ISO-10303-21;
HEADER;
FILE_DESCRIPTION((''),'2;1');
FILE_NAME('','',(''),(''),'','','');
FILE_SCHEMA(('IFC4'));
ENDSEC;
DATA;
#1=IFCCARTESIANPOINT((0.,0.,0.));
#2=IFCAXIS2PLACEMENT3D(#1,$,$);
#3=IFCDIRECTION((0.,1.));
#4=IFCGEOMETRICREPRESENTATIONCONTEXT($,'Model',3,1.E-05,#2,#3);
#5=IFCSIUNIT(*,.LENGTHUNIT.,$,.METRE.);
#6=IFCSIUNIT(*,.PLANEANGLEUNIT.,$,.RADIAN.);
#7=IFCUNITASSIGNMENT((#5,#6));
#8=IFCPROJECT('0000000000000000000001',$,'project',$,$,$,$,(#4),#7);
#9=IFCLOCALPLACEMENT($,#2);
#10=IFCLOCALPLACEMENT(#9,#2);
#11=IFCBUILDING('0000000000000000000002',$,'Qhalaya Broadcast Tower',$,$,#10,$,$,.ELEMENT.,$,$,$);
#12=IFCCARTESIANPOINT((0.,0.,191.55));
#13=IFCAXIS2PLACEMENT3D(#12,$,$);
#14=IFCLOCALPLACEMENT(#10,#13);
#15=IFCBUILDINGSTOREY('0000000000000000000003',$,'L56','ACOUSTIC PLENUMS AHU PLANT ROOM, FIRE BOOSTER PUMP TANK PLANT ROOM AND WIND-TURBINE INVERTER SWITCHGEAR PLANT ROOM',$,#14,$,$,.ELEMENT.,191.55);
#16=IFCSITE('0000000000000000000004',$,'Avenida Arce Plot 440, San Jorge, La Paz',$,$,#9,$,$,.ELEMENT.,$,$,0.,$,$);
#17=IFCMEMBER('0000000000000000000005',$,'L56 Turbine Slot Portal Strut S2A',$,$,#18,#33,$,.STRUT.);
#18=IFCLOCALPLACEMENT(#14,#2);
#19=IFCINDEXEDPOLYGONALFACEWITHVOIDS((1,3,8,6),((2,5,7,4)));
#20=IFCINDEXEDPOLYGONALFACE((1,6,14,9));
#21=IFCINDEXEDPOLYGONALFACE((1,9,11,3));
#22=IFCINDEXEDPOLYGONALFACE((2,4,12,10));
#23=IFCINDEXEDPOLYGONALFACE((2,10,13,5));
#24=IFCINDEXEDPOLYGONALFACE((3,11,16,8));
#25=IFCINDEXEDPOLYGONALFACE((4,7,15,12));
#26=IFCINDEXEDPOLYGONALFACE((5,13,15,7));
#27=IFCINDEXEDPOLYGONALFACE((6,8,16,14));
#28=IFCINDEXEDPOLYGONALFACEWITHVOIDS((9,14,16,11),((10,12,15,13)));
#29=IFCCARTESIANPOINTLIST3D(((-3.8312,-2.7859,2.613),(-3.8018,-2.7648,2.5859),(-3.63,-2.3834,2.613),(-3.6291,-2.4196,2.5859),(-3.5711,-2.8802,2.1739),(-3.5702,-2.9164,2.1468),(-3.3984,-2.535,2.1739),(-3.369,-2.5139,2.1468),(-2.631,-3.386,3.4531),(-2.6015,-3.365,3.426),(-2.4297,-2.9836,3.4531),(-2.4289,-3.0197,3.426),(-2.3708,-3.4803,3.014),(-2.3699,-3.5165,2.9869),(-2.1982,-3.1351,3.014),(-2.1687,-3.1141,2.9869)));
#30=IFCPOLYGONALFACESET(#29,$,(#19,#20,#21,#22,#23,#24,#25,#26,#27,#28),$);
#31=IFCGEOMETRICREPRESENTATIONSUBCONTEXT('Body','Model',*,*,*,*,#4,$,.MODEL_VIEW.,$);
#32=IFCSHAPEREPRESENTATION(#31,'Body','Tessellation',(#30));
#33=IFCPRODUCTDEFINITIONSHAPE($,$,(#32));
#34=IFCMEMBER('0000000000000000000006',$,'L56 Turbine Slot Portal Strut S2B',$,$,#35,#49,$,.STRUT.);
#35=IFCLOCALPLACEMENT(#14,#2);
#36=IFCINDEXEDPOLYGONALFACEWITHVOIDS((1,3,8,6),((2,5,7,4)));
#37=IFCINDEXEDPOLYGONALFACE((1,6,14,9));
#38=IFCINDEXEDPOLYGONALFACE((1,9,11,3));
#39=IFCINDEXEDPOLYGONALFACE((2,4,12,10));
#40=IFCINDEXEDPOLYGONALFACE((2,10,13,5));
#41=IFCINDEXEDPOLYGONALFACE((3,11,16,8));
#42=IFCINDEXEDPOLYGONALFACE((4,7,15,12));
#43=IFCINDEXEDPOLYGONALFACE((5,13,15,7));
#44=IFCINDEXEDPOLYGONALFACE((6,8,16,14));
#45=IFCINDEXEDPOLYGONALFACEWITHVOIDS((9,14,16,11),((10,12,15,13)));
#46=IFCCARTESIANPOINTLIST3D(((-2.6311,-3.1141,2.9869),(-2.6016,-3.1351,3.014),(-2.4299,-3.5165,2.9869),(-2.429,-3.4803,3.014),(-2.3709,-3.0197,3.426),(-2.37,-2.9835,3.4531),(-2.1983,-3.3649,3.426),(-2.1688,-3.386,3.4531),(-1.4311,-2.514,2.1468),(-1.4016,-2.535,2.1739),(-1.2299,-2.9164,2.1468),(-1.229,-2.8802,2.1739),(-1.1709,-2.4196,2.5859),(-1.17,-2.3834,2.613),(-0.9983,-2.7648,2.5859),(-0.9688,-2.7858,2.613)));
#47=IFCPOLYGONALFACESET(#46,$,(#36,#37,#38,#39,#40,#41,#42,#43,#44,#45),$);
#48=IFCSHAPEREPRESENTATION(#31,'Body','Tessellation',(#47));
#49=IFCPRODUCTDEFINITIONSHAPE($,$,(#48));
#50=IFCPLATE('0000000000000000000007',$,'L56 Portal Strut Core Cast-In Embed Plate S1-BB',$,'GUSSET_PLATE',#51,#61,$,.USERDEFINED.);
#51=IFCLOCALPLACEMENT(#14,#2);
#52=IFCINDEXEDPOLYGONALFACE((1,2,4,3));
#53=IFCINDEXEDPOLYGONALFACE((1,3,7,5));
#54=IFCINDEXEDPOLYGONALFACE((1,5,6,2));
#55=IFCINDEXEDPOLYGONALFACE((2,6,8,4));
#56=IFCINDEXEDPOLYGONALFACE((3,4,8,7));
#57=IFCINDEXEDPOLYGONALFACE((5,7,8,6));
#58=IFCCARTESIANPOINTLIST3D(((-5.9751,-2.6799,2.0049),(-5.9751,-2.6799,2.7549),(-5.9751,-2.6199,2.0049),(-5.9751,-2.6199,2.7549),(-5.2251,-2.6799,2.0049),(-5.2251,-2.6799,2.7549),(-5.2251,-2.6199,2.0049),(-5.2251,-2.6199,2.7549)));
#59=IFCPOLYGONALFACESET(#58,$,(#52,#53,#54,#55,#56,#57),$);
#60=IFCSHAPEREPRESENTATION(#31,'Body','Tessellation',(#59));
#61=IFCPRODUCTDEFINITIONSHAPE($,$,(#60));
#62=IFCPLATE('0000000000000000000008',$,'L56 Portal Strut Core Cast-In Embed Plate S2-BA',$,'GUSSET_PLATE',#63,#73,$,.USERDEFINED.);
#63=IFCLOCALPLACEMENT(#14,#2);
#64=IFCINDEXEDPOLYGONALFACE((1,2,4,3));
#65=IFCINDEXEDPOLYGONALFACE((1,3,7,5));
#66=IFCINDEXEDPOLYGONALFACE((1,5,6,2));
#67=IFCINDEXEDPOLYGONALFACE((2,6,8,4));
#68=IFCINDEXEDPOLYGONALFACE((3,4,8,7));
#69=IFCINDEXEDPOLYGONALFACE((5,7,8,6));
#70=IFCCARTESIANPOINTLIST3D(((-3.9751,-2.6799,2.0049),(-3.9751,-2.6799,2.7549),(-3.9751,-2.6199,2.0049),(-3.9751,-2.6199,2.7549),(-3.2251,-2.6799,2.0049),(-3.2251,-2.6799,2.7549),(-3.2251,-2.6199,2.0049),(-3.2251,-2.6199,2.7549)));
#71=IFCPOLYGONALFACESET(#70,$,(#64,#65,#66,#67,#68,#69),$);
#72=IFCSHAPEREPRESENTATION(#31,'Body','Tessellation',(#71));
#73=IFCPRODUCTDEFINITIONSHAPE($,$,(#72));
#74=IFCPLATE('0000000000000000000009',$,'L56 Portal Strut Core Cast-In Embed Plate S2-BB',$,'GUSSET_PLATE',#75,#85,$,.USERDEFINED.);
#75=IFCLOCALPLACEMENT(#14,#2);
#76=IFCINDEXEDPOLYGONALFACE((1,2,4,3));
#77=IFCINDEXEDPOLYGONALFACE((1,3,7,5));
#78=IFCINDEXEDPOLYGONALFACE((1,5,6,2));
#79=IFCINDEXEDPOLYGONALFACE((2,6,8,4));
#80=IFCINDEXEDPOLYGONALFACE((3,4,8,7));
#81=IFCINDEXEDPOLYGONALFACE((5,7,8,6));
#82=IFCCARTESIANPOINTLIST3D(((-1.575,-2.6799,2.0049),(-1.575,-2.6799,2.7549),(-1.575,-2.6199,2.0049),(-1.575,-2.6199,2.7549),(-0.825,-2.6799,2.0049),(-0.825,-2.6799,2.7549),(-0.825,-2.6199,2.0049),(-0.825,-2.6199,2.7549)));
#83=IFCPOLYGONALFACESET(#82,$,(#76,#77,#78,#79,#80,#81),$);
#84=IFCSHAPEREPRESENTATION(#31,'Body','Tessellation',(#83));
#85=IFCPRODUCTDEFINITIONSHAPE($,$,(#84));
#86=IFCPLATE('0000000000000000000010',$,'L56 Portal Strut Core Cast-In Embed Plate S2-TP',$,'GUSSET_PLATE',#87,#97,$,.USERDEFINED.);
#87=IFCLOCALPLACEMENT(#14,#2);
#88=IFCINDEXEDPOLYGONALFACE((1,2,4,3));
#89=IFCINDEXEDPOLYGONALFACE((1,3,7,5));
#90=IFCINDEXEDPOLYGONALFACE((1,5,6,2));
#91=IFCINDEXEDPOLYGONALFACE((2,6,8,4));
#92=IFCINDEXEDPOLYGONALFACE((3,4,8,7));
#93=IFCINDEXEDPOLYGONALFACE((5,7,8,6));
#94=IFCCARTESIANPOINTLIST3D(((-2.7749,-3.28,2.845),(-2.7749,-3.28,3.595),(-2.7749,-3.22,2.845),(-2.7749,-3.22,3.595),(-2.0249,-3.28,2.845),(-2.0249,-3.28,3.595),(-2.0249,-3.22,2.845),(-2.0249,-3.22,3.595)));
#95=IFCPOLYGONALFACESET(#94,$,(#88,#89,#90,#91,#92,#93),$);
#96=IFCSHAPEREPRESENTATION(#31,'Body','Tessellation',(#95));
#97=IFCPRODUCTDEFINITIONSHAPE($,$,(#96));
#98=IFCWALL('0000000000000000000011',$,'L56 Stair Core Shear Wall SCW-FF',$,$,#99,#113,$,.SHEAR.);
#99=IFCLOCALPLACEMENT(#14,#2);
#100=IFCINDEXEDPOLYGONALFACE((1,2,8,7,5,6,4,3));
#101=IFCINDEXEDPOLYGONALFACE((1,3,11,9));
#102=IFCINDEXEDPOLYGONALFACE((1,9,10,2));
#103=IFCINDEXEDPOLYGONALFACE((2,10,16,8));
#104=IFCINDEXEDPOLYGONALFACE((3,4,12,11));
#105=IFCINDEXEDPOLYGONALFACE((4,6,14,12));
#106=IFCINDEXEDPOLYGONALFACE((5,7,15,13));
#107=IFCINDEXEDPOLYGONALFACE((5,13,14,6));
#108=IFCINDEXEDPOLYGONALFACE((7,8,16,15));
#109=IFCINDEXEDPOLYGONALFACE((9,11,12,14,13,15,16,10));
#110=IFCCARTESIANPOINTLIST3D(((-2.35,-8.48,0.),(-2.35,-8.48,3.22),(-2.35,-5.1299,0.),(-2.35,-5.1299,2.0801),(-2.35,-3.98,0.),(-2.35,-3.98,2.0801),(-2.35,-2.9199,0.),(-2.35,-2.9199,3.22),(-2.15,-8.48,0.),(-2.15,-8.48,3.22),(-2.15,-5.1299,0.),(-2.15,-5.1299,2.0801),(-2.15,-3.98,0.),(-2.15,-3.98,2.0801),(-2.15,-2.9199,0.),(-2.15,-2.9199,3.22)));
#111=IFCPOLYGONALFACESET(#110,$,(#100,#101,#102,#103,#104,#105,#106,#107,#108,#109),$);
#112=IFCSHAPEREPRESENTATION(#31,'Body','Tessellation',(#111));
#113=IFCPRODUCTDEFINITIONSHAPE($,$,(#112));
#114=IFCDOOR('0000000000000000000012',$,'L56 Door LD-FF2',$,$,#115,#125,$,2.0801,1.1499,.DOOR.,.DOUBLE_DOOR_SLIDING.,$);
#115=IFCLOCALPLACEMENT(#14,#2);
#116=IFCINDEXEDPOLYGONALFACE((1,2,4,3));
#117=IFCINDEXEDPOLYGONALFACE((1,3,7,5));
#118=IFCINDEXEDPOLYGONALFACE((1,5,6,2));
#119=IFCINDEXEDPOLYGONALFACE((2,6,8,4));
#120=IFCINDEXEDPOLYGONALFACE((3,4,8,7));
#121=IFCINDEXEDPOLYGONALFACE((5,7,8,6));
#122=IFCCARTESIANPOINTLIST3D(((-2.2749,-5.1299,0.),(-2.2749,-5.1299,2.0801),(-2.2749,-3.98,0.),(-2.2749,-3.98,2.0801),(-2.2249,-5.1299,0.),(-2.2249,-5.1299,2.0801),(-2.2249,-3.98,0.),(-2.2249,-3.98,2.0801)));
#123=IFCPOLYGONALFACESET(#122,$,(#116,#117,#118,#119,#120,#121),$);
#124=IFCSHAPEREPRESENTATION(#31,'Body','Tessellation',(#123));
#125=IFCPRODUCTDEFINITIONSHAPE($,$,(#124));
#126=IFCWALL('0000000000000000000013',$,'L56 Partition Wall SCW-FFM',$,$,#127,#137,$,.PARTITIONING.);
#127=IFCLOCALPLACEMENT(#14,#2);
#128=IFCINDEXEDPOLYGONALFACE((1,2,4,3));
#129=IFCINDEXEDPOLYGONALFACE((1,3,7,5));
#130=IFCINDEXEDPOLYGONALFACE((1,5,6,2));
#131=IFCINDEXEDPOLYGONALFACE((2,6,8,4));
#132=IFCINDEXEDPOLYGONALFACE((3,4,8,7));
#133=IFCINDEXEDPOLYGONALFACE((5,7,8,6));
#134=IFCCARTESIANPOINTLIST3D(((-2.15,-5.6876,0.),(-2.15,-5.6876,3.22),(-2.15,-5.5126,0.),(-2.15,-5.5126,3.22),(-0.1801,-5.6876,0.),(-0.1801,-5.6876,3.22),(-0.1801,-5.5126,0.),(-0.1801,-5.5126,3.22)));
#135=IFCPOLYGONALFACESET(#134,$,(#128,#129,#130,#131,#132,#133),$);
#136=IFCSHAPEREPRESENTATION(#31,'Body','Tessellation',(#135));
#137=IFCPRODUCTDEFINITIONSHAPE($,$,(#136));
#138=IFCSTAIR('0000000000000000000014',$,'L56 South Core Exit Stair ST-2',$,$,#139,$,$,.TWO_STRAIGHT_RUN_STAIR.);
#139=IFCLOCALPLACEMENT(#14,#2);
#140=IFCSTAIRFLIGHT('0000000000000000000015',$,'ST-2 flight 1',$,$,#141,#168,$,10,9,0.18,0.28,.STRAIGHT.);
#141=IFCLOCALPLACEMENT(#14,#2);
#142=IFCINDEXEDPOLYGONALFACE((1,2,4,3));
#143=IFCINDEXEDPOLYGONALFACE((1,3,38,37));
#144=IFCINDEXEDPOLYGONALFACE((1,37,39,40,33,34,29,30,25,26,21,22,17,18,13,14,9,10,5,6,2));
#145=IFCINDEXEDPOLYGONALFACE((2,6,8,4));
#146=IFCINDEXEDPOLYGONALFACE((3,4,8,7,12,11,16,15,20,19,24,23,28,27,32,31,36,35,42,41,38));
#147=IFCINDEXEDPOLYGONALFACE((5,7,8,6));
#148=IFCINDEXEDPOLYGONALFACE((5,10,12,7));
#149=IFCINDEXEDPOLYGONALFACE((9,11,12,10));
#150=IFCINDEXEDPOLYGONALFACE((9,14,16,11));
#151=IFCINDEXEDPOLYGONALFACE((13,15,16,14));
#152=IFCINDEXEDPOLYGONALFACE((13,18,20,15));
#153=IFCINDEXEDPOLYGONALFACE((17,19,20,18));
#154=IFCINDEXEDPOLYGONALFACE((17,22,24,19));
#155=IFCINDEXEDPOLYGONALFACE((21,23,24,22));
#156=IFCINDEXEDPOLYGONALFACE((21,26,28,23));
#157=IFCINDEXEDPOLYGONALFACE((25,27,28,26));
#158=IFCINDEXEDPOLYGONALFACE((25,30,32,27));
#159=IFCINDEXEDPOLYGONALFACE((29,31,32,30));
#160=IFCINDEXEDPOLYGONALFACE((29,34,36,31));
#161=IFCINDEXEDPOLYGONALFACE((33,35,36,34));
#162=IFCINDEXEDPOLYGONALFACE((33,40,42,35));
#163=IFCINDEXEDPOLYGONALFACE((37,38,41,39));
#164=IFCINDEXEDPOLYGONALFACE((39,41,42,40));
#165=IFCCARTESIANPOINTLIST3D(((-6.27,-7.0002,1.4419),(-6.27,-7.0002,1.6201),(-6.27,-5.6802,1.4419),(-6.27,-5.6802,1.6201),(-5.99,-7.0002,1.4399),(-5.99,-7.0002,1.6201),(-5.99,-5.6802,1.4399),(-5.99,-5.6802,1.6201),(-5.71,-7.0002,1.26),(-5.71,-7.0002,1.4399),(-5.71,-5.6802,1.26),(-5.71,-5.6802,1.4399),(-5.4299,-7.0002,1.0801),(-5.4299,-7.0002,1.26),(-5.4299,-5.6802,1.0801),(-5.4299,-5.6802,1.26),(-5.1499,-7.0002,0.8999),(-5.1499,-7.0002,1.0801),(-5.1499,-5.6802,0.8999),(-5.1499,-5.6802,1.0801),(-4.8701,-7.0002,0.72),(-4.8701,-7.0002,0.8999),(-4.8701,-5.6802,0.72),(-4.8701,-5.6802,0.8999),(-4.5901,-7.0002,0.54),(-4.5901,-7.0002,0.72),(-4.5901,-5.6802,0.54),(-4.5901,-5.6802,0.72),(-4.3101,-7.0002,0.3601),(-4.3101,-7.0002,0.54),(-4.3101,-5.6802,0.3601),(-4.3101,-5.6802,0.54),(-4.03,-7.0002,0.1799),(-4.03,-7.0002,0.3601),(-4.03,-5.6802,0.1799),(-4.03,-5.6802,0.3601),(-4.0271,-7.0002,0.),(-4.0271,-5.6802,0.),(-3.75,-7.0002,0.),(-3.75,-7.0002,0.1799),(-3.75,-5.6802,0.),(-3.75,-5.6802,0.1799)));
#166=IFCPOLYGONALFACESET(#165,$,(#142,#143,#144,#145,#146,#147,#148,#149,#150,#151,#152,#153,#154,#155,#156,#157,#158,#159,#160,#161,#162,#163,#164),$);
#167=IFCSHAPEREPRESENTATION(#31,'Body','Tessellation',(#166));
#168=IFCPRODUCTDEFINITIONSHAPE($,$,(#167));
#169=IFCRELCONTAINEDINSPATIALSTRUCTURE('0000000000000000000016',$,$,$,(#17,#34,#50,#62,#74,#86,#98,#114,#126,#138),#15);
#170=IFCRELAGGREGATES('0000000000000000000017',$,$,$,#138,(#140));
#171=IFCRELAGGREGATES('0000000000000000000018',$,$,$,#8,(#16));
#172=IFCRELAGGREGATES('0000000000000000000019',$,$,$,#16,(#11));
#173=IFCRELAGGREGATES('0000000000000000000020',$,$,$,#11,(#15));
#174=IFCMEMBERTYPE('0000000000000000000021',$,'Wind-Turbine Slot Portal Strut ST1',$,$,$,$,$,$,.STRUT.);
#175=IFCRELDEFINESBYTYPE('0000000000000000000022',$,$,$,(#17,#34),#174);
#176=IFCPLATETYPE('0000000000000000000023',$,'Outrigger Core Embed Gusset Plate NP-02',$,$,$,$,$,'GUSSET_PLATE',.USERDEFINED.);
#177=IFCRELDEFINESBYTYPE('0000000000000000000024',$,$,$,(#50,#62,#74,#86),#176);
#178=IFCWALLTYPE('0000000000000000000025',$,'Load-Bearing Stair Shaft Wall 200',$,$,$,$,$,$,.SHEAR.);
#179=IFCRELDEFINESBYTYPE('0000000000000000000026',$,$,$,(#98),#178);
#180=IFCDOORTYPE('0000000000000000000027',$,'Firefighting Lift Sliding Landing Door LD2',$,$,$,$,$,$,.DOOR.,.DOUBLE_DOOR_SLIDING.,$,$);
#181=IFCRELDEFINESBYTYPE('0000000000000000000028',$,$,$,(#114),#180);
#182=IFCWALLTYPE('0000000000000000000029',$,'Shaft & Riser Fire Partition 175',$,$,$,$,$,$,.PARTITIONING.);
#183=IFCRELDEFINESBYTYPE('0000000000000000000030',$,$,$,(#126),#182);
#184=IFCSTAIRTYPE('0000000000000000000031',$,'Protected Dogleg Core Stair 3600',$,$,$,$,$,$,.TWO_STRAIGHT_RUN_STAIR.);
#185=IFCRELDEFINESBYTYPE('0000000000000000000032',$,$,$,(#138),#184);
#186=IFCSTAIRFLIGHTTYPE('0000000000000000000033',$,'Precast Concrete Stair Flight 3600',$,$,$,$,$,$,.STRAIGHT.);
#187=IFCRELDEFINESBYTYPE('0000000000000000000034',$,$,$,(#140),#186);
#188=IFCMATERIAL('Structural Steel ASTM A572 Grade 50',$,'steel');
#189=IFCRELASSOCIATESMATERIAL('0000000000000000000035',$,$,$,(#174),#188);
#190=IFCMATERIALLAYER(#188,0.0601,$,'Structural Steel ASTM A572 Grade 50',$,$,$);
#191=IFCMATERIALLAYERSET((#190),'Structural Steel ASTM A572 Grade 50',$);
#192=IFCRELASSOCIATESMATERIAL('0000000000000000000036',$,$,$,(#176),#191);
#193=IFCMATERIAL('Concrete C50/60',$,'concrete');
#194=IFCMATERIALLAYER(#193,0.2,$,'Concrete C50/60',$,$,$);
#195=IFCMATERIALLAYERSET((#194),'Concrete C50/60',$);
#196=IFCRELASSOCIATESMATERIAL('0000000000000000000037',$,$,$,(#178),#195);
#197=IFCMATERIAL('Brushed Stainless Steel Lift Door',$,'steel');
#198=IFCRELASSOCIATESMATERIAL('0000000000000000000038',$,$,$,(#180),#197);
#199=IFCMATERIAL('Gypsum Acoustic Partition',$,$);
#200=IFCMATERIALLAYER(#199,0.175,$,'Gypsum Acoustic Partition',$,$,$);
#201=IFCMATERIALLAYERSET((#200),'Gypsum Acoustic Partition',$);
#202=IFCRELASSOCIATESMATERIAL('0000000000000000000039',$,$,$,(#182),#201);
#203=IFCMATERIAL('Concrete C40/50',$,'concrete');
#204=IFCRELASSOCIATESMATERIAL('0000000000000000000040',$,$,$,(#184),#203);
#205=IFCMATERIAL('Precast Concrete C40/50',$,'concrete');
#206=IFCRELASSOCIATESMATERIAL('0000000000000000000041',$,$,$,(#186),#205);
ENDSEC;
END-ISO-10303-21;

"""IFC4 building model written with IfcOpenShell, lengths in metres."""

from ifc_helpers import new_model, si_unit, direction, frame, frame_2d, origin, origin_2d, place, context, subcontext, project, spatial, polyline, rectangle, hollow_rectangle, outline, extrude, material, layer, layer_set, material_profile, profile_set, type_object, element, fill, aggregate, save


model = new_model("IFC4")

# Units and contexts
model_context = context("Model", 3, precision=1e-05, world=origin(), true_north=direction((0.0, 1.0)))
body_context = subcontext(model_context, "Body", "Model", "MODEL_VIEW")
ifc_project = project(units=[si_unit("LENGTHUNIT", "METRE"), si_unit("PLANEANGLEUNIT", "RADIAN")], contexts=[model_context])

# Site, building, storey
site_placement = place(None, origin())
site = spatial("IfcSite", under=ifc_project, at=site_placement, Name="Avenida Arce Plot 440, San Jorge, La Paz", CompositionType="ELEMENT", RefElevation=0.0)
building_placement = place(site_placement, origin())
building = spatial("IfcBuilding", under=site, at=building_placement, Name="Qhalaya Broadcast Tower", CompositionType="ELEMENT")
storey_placement = place(building_placement, frame((0.0, 0.0, 191.55)))
storey = spatial("IfcBuildingStorey", under=building, at=storey_placement, Name="L56", Description="ACOUSTIC PLENUMS AHU PLANT ROOM, FIRE BOOSTER PUMP TANK PLANT ROOM AND WIND-TURBINE INVERTER SWITCHGEAR PLANT ROOM", CompositionType="ELEMENT", Elevation=191.55)

# Shared definitions
ifc_material_1 = material(Name="Concrete C50/60", Category="concrete")
ifc_material_2 = material(Name="Structural Steel ASTM A572 Grade 50", Category="steel")

# Members
ifc_material_profile_1 = material_profile(ifc_material_2, hollow_rectangle(XDim=0.45, YDim=0.55, WallThickness=0.032, at=origin_2d()), Name="BOX 450x550x32")
ifc_profile_set_1 = profile_set([ifc_material_profile_1], Name="Structural Steel ASTM A572 Grade 50")
member_type = type_object("IfcMemberType", Name="Wind-Turbine Slot Portal Strut ST1", PredefinedType="STRUT", material=ifc_profile_set_1)
member_1_placement = place(storey_placement, frame((-3.6001, -2.6499, 2.3799), z_axis=(0.75811, -0.379055, 0.530646), x_axis=(0.447214, 0.894427, 0.0)))
element("IfcMember", 1, at=member_1_placement, inside=storey, type_object=member_type, Name="L56 Turbine Slot Portal Strut S2A", PredefinedType="STRUT", context=body_context, shape_type="SweptSolid", body=[
    extrude(hollow_rectangle(XDim=0.45, YDim=0.55, WallThickness=0.032, at=origin_2d()), origin(), (0.0, 0.0, 1.0), 1.5833),
])
member_2_placement = place(storey_placement, frame((-1.2, -2.6499, 2.3799), z_axis=(-0.758045, -0.3791, 0.530709), x_axis=(0.447286, -0.894391, 0.0)))
element("IfcMember", 2, at=member_2_placement, inside=storey, type_object=member_type, Name="L56 Turbine Slot Portal Strut S2B", PredefinedType="STRUT", context=body_context, shape_type="SweptSolid", body=[
    extrude(hollow_rectangle(XDim=0.45, YDim=0.55, WallThickness=0.032, at=origin_2d()), origin(), (0.0, 0.0, 1.0), 1.583),
])

# Plates
ifc_layer_1 = layer(ifc_material_2, 0.0601, Name="Structural Steel ASTM A572 Grade 50")
ifc_layer_set_1 = layer_set([ifc_layer_1], Name="Structural Steel ASTM A572 Grade 50")
plate_type = type_object("IfcPlateType", Name="Outrigger Core Embed Gusset Plate NP-02", ElementType="GUSSET_PLATE", PredefinedType="USERDEFINED", material=ifc_layer_set_1)
for number, where, z_axis, x_axis, name in (
    (3, (-5.6001, -2.6499, 2.0049), (0.0, 0.0, 1.0), (1.0, 0.0, 0.0), "L56 Portal Strut Core Cast-In Embed Plate S1-BB"),
    (4, (-3.6001, -2.6499, 2.0049), (0.0, 0.0, 1.0), (1.0, 0.0, 0.0), "L56 Portal Strut Core Cast-In Embed Plate S2-BA"),
    (5, (-1.2, -2.6499, 2.0049), (0.0, 0.0, 1.0), (1.0, 0.0, 0.0), "L56 Portal Strut Core Cast-In Embed Plate S2-BB"),
    (6, (-2.3999, -3.25, 2.845), (0.0, 0.0, 1.0), (1.0, 0.0, 0.0), "L56 Portal Strut Core Cast-In Embed Plate S2-TP"),
):
    element("IfcPlate", number, at=place(storey_placement, frame(where, z_axis=z_axis, x_axis=x_axis)), inside=storey, type_object=plate_type, Name=name, ObjectType="GUSSET_PLATE", PredefinedType="USERDEFINED", context=body_context, shape_type="SweptSolid", body=[
        extrude(rectangle(XDim=0.75, YDim=0.0601, at=origin_2d()), origin(), (0.0, 0.0, 1.0), 0.75),
    ])

# Wall, opening, door
ifc_layer_2 = layer(ifc_material_1, 0.2, Name="Concrete C50/60")
ifc_layer_set_2 = layer_set([ifc_layer_2], Name="Concrete C50/60")
wall_type_1 = type_object("IfcWallType", Name="Load-Bearing Stair Shaft Wall 200", PredefinedType="SHEAR", material=ifc_layer_set_2)
wall_1_placement = place(storey_placement, frame((-2.25, -8.48, 0.0), z_axis=(0.0, 0.0, 1.0), x_axis=(0.0, 1.0, 0.0)))
wall_1 = element("IfcWall", 7, at=wall_1_placement, inside=storey, type_object=wall_type_1, Name="L56 Stair Core Shear Wall SCW-FF", PredefinedType="SHEAR", context=body_context, shape_type="SweptSolid", body=[
    extrude(rectangle(XDim=5.5601, YDim=0.2, at=frame_2d((2.78, 0.0))), origin(), (0.0, 0.0, 1.0), 3.22),
])
opening_placement = place(wall_1_placement, frame((3.3501, 0.0, 0.0)))
opening = element("IfcOpeningElement", 8, at=opening_placement, cuts=wall_1, PredefinedType="OPENING", context=body_context, shape_type="SweptSolid", body=[
    extrude(rectangle(XDim=1.1499, YDim=2.0801, at=frame_2d((0.575, 1.04))), frame((0.0, 0.1121, 0.0), z_axis=(0.0, -1.0, 0.0), x_axis=(1.0, 0.0, 0.0)), (0.0, 0.0, 1.0), 0.2239),
])
ifc_material_3 = material(Name="Brushed Stainless Steel Lift Door", Category="steel")
door_type = type_object("IfcDoorType", Name="Firefighting Lift Sliding Landing Door LD2", OperationType="DOUBLE_DOOR_SLIDING", PredefinedType="DOOR", material=ifc_material_3)
door_placement = place(opening_placement, origin())
door = element("IfcDoor", 9, at=door_placement, inside=storey, type_object=door_type, Name="L56 Door LD-FF2", OperationType="DOUBLE_DOOR_SLIDING", OverallHeight=2.0801, OverallWidth=1.1499, PredefinedType="DOOR", context=body_context, shape_type="SweptSolid", body=[
    extrude(rectangle(XDim=1.1499, YDim=2.0801, at=frame_2d((0.575, 1.04))), frame((0.0, 0.0249, 0.0), z_axis=(0.0, -1.0, 0.0), x_axis=(1.0, 0.0, 0.0)), (0.0, 0.0, 1.0), 0.05),
])
fill(opening, door)

# Wall
ifc_material_4 = material(Name="Gypsum Acoustic Partition")
ifc_layer_3 = layer(ifc_material_4, 0.175, Name="Gypsum Acoustic Partition")
ifc_layer_set_3 = layer_set([ifc_layer_3], Name="Gypsum Acoustic Partition")
wall_type_2 = type_object("IfcWallType", Name="Shaft & Riser Fire Partition 175", PredefinedType="PARTITIONING", material=ifc_layer_set_3)
wall_2_placement = place(storey_placement, frame((-2.1499, -5.6001, 0.0), z_axis=(0.0, 0.0, 1.0), x_axis=(1.0, 0.0, 0.0)))
element("IfcWall", 10, at=wall_2_placement, inside=storey, type_object=wall_type_2, Name="L56 Partition Wall SCW-FFM", PredefinedType="PARTITIONING", context=body_context, shape_type="SweptSolid", body=[
    extrude(rectangle(XDim=1.97, YDim=0.175, at=frame_2d((0.9849, 0.0))), origin(), (0.0, 0.0, 1.0), 3.22),
])

# Stair, stair flight
ifc_material_5 = material(Name="Concrete C40/50", Category="concrete")
stair_type = type_object("IfcStairType", Name="Protected Dogleg Core Stair 3600", PredefinedType="TWO_STRAIGHT_RUN_STAIR", material=ifc_material_5)
stair_placement = place(storey_placement, origin())
stair = element("IfcStair", 11, at=stair_placement, inside=storey, type_object=stair_type, Name="L56 South Core Exit Stair ST-2", PredefinedType="TWO_STRAIGHT_RUN_STAIR")
ifc_material_6 = material(Name="Precast Concrete C40/50", Category="concrete")
stair_flight_type = type_object("IfcStairFlightType", Name="Precast Concrete Stair Flight 3600", PredefinedType="STRAIGHT", material=ifc_material_6)
stair_flight_1_placement = place(storey_placement, frame((-3.75, -6.3401, 0.0), z_axis=(0.0, 0.0, 1.0), x_axis=(-1.0, 0.0, 0.0)))
stair_flight_1 = element("IfcStairFlight", 12, at=stair_flight_1_placement, type_object=stair_flight_type, Name="ST-2 flight 1", NumberOfRisers=10, NumberOfTreads=9, PredefinedType="STRAIGHT", RiserHeight=0.18, TreadLength=0.28, context=body_context, shape_type="SweptSolid", body=[
    extrude(outline(polyline([(0.0, 0.0), (0.0, 0.1799), (0.28, 0.1799), (0.28, 0.3601), (0.5601, 0.3601), (0.5601, 0.54), (0.8401, 0.54), (0.8401, 0.72), (1.1201, 0.72), (1.1201, 0.8999), (1.3999, 0.8999), (1.3999, 1.0801), (1.6799, 1.0801), (1.6799, 1.26), (1.96, 1.26), (1.96, 1.4399), (2.24, 1.4399), (2.24, 1.6201), (2.52, 1.6201), (2.52, 1.8), (2.52, 1.4419), (0.2771, 0.0), (0.0, 0.0)])), frame((0.0, 0.6602, 0.0), z_axis=(0.0, -1.0, 0.0), x_axis=(1.0, 0.0, 0.0)), (0.0, 0.0, 1.0), 1.3201),
])
aggregate(stair, [stair_flight_1])

save(model, "model.ifc")
